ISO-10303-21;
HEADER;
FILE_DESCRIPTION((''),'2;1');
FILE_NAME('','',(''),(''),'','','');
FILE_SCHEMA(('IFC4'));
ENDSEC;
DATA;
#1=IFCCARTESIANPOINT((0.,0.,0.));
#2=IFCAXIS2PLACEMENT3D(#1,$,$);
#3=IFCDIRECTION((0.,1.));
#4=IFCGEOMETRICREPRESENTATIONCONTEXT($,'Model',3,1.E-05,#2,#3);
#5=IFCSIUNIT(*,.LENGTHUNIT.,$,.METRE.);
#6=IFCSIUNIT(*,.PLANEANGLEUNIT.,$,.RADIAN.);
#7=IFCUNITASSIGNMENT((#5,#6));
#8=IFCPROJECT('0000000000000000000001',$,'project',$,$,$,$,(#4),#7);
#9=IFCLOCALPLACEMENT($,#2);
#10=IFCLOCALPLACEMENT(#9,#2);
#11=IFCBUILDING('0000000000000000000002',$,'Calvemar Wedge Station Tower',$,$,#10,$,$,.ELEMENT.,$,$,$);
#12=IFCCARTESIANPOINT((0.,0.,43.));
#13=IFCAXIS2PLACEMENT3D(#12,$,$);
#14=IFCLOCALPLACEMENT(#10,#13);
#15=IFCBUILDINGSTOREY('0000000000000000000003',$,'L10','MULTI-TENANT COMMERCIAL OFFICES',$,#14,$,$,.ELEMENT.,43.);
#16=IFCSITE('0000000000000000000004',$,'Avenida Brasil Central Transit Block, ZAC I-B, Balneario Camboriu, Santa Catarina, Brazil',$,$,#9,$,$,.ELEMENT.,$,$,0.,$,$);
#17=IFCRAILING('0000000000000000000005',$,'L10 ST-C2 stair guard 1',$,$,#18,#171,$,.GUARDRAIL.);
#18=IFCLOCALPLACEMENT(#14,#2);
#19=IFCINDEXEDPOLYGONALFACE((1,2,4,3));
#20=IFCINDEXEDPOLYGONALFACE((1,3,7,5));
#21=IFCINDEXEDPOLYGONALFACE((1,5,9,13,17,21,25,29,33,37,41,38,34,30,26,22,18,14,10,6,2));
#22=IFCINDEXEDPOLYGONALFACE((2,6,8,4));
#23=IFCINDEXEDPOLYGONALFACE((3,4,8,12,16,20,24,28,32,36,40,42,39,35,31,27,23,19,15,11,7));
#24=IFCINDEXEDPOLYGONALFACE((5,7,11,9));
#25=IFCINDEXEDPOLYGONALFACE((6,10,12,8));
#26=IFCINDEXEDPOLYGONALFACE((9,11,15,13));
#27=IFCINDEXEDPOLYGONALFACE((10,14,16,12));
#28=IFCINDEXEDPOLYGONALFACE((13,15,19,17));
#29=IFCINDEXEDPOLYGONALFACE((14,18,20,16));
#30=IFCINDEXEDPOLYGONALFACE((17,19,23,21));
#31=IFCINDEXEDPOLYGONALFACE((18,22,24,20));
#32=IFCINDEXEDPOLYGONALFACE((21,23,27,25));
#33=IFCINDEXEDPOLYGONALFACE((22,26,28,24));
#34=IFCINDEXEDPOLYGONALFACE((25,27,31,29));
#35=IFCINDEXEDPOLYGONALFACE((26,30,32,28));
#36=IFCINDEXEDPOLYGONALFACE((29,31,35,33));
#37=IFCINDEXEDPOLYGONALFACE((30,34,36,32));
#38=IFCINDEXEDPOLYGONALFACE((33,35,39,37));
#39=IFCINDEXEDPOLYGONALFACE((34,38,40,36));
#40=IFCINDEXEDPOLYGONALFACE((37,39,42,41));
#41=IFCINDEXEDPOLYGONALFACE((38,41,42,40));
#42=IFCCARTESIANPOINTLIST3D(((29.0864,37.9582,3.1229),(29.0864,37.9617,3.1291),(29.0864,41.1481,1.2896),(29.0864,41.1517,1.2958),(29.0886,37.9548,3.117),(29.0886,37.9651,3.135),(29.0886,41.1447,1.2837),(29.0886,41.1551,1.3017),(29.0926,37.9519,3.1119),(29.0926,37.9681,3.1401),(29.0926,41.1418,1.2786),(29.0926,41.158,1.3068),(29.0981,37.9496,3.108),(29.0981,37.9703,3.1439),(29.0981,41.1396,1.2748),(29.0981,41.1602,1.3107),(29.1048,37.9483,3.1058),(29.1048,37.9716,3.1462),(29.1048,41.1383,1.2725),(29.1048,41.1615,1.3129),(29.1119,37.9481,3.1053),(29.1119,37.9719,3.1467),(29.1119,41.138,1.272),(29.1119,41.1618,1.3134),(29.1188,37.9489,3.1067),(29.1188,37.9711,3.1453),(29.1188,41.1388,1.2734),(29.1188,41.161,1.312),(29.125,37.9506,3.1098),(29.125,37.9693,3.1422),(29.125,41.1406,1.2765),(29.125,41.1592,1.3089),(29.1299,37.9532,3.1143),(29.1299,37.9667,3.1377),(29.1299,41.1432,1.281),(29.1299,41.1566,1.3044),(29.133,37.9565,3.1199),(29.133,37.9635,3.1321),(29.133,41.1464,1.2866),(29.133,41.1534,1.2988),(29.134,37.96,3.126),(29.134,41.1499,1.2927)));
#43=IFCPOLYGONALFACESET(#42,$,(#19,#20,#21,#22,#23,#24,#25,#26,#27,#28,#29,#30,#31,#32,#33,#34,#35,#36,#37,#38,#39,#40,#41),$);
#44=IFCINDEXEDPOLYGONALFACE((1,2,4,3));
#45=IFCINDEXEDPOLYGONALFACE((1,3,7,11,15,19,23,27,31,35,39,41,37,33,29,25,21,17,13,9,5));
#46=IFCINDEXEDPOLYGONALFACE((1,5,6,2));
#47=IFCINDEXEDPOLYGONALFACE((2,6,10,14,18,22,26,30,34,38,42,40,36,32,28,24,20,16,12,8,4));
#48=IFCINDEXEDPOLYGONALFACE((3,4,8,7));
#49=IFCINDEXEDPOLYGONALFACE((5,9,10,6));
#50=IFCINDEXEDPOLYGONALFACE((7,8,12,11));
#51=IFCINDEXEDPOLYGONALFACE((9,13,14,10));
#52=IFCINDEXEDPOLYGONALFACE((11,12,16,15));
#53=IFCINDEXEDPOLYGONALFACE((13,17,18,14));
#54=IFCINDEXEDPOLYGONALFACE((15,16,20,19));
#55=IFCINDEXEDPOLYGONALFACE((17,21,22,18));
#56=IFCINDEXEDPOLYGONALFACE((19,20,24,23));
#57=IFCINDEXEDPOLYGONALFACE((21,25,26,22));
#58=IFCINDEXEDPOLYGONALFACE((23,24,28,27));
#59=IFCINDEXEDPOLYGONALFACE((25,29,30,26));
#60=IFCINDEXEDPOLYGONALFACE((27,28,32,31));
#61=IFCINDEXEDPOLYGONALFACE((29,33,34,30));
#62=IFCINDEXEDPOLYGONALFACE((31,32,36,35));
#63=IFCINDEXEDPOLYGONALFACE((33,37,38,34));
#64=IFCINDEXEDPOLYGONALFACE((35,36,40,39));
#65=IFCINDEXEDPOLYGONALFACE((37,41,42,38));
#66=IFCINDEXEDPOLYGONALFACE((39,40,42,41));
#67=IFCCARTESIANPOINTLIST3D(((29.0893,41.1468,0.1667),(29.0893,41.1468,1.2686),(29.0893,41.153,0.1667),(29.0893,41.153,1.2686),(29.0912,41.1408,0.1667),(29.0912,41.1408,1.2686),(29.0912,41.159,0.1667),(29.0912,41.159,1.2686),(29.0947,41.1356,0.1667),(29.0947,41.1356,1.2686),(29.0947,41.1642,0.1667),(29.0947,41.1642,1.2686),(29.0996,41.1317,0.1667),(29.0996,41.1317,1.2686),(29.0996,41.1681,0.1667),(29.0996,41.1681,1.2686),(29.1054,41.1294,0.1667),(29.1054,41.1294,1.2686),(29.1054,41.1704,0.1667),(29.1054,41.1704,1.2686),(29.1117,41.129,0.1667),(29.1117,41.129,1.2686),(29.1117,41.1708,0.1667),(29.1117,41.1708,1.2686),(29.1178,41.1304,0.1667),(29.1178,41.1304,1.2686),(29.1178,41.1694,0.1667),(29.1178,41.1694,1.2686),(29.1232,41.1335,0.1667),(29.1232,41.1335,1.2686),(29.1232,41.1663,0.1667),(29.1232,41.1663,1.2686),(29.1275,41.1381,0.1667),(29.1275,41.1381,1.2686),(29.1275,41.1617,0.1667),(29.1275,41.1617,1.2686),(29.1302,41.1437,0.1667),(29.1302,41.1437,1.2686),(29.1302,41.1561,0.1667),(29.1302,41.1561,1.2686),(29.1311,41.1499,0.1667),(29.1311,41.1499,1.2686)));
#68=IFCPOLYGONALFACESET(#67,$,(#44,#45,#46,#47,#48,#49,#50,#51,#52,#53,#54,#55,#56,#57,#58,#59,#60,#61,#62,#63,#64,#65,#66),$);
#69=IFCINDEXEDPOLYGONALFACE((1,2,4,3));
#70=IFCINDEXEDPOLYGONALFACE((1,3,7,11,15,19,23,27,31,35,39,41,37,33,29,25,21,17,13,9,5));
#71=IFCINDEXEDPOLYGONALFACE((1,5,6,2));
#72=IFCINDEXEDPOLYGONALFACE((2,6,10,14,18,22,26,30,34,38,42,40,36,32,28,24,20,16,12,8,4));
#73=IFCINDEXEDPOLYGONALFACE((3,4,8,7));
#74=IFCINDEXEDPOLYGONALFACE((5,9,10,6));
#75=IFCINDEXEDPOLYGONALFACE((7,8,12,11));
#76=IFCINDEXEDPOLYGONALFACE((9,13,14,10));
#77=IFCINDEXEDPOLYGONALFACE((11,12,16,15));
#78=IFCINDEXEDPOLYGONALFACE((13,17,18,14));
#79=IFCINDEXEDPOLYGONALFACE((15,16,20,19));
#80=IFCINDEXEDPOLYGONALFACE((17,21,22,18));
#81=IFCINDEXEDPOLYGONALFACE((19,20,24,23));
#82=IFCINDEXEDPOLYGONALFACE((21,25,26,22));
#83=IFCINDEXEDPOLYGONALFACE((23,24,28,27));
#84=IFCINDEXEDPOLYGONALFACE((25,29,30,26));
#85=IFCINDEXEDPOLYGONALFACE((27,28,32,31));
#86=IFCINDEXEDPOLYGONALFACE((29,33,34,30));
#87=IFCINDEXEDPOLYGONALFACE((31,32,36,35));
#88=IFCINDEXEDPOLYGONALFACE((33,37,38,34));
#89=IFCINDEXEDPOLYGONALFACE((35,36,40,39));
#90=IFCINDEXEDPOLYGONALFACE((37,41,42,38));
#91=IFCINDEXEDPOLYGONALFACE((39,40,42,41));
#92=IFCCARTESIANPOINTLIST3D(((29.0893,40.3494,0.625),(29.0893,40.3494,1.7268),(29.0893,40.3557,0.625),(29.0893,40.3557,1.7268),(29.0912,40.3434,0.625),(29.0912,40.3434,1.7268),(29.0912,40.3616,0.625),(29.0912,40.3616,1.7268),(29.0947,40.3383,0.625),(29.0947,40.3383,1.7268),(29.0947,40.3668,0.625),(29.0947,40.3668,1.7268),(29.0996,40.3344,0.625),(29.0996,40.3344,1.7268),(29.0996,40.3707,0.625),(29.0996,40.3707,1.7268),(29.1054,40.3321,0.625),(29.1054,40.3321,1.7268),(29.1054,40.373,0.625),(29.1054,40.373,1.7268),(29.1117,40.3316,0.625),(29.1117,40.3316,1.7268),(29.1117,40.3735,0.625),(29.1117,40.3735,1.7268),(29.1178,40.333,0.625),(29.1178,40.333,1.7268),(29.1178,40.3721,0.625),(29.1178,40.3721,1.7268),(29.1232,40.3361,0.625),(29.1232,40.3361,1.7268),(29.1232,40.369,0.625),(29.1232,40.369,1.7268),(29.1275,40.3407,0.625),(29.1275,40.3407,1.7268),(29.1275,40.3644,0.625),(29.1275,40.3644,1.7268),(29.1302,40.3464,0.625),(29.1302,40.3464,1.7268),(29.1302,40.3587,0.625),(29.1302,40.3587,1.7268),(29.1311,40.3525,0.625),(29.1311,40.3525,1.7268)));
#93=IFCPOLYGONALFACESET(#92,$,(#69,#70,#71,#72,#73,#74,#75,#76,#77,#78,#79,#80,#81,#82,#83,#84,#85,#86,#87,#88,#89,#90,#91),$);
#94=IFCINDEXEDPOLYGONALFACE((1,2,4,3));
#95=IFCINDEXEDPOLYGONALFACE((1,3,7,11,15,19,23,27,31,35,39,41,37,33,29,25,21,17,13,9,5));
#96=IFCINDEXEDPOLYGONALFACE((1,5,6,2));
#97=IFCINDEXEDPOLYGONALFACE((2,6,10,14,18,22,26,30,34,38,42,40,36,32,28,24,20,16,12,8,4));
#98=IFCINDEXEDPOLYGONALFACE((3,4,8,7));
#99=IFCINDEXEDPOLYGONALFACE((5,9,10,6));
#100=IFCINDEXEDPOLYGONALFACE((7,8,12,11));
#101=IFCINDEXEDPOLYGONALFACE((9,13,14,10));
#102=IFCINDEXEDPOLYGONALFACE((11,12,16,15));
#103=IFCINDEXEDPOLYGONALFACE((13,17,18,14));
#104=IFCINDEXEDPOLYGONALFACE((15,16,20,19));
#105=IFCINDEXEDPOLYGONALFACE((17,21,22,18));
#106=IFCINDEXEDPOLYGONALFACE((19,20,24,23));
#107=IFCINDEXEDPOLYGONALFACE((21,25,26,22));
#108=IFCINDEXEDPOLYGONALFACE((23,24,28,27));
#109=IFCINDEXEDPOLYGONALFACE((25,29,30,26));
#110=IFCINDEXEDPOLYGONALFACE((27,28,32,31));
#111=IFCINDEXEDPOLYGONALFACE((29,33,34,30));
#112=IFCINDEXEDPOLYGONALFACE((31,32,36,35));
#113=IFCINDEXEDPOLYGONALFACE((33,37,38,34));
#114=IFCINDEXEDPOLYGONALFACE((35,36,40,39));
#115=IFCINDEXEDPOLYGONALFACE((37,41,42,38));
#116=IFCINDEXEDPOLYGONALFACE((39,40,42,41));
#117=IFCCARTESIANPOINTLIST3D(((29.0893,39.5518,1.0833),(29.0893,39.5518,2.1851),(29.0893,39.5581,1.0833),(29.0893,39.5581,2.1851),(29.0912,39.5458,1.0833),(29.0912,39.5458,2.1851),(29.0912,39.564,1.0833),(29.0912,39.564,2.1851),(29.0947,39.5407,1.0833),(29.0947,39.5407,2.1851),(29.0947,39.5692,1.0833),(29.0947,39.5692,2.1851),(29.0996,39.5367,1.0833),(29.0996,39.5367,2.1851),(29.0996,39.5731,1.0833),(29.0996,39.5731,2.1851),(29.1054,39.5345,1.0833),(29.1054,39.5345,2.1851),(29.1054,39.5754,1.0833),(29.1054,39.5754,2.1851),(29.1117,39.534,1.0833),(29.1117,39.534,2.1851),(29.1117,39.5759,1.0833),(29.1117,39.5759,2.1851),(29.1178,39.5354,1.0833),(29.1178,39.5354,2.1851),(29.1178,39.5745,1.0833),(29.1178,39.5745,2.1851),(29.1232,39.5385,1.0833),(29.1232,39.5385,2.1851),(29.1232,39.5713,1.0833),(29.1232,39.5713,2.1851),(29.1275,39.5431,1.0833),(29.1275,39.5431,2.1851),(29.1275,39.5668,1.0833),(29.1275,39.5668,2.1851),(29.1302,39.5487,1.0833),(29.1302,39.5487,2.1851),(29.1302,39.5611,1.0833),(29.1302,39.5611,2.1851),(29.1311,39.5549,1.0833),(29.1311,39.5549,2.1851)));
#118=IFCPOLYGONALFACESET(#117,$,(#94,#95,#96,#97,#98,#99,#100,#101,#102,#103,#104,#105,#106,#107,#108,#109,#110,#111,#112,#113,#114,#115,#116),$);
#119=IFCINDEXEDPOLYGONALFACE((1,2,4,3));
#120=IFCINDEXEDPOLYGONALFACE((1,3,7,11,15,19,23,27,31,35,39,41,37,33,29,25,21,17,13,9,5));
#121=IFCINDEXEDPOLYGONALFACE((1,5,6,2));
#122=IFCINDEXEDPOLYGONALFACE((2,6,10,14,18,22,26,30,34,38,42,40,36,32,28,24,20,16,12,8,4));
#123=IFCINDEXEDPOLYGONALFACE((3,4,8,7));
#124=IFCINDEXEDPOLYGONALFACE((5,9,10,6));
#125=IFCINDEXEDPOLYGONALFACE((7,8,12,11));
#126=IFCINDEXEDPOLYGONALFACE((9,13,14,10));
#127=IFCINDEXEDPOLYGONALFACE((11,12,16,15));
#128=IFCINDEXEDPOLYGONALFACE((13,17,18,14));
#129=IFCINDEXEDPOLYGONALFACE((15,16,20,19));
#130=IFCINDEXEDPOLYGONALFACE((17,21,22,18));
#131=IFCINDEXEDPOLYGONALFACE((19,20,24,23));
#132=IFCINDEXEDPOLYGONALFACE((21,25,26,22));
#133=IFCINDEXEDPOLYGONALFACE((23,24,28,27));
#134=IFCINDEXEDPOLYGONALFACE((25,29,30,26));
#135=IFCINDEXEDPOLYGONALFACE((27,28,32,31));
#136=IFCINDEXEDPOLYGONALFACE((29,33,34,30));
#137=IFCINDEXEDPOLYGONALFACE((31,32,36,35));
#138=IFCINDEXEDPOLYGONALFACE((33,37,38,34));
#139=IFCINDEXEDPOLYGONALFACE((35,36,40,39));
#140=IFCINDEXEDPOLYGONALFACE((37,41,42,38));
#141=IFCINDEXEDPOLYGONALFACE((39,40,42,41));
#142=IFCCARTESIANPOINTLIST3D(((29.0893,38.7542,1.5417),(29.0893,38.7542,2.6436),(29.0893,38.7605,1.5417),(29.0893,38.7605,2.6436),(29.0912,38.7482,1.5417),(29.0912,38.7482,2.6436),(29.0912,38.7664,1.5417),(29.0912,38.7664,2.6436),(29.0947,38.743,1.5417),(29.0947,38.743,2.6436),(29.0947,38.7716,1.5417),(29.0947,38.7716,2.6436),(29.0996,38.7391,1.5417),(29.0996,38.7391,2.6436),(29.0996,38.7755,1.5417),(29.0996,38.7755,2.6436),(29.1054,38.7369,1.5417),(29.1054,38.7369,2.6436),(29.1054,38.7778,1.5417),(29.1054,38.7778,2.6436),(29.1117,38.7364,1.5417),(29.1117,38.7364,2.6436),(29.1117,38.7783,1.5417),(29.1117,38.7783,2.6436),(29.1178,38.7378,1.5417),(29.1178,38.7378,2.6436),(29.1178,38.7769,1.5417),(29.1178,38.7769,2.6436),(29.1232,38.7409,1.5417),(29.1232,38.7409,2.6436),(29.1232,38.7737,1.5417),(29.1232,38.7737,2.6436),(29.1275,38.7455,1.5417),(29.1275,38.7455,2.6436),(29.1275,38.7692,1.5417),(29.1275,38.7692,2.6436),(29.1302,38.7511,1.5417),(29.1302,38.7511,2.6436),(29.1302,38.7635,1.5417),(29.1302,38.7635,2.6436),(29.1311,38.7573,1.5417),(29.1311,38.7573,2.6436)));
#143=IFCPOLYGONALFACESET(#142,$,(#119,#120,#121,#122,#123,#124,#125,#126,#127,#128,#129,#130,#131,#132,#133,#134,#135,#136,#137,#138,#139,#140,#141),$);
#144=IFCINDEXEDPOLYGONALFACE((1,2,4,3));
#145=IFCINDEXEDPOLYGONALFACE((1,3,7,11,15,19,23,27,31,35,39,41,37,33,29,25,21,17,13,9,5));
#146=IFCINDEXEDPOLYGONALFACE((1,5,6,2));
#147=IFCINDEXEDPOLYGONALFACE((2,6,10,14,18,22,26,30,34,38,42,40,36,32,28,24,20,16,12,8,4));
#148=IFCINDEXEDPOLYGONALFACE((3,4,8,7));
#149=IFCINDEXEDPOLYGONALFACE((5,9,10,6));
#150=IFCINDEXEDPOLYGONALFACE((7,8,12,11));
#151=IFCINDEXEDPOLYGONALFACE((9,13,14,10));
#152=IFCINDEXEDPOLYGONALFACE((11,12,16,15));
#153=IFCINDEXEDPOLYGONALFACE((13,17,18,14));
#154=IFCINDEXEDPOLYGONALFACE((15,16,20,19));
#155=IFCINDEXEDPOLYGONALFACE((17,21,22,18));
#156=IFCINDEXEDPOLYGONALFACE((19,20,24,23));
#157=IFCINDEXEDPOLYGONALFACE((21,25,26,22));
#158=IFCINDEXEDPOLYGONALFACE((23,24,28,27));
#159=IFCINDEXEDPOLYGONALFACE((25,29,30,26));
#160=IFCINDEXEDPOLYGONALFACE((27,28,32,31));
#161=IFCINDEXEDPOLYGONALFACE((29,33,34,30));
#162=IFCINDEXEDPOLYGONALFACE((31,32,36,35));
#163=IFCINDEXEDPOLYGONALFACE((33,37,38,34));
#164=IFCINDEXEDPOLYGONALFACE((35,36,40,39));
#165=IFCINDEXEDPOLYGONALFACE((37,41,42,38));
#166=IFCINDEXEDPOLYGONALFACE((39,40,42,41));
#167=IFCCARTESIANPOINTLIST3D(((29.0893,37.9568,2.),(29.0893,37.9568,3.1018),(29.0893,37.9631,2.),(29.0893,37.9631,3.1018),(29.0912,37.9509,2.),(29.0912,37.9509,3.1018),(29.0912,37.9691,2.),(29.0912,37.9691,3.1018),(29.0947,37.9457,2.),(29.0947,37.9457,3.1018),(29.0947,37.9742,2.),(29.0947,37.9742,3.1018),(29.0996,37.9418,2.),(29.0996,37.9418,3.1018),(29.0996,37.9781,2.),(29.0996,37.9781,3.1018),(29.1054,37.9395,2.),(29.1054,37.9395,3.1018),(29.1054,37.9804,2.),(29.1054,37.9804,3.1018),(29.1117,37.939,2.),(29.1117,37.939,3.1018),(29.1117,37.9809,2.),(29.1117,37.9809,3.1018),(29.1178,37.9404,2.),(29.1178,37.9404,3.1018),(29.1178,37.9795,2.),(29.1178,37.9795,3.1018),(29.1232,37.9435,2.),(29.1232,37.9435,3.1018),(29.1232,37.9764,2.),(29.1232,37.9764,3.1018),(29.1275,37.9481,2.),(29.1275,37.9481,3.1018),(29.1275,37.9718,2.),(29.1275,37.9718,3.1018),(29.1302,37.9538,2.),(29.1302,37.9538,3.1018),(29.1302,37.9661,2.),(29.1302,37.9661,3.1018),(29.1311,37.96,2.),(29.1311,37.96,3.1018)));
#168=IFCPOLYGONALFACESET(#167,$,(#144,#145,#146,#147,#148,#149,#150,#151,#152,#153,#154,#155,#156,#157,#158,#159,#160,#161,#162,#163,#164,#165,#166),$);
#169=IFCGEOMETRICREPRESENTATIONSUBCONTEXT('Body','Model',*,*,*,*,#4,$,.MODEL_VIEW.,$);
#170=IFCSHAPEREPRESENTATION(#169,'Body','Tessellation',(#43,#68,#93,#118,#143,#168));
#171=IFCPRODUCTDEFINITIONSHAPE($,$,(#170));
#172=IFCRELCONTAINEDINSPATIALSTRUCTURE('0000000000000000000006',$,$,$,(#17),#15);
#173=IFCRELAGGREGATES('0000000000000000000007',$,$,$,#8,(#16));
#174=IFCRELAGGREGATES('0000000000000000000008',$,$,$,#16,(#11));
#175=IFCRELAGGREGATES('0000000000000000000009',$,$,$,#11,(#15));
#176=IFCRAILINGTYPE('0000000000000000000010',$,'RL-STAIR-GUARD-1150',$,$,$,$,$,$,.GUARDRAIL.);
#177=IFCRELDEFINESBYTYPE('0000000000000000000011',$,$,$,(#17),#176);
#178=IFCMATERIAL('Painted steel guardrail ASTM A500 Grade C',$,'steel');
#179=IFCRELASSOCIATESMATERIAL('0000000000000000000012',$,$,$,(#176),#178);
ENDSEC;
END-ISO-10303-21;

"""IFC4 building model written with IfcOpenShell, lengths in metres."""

from ifc_helpers import new_model, si_unit, direction, frame, origin, origin_2d, place, context, subcontext, project, spatial, circle, extrude, material, type_object, element, save


model = new_model("IFC4")

# Units and contexts
model_context = context("Model", 3, precision=1e-05, world=origin(), true_north=direction((0.0, 1.0)))
body_context = subcontext(model_context, "Body", "Model", "MODEL_VIEW")
ifc_project = project(units=[si_unit("LENGTHUNIT", "METRE"), si_unit("PLANEANGLEUNIT", "RADIAN")], contexts=[model_context])

# Site, building, storey
site_placement = place(None, origin())
site = spatial("IfcSite", under=ifc_project, at=site_placement, Name="Avenida Brasil Central Transit Block, ZAC I-B, Balneario Camboriu, Santa Catarina, Brazil", CompositionType="ELEMENT", RefElevation=0.0)
building_placement = place(site_placement, origin())
building = spatial("IfcBuilding", under=site, at=building_placement, Name="Calvemar Wedge Station Tower", CompositionType="ELEMENT")
storey_placement = place(building_placement, frame((0.0, 0.0, 43.0)))
storey = spatial("IfcBuildingStorey", under=building, at=storey_placement, Name="L10", Description="MULTI-TENANT COMMERCIAL OFFICES", CompositionType="ELEMENT", Elevation=43.0)

# Railing
ifc_material_1 = material(Name="Painted steel guardrail ASTM A500 Grade C", Category="steel")
railing_type_1 = type_object("IfcRailingType", Name="RL-STAIR-GUARD-1150", PredefinedType="GUARDRAIL", material=ifc_material_1)
railing_1_placement = place(storey_placement, frame((29.1101, 41.1499, 0.1667)))
element("IfcRailing", 1, at=railing_1_placement, inside=storey, type_object=railing_type_1, Name="L10 ST-C2 stair guard 1", PredefinedType="GUARDRAIL", context=body_context, shape_type="SweptSolid", body=[
    extrude(circle(Radius=0.0239, at=origin_2d()), frame((0.0, 0.0, 1.126), z_axis=(0.0, -0.86702, 0.498274), x_axis=(1.0, 0.0, 0.0)), (0.0, 0.0, 1.0), 3.6792),
    extrude(circle(Radius=0.021, at=origin_2d()), origin(), (0.0, 0.0, 1.0), 1.1018),
    extrude(circle(Radius=0.021, at=origin_2d()), frame((0.0, -0.7974, 0.4583)), (0.0, 0.0, 1.0), 1.1018),
    extrude(circle(Radius=0.021, at=origin_2d()), frame((0.0, -1.595, 0.9165)), (0.0, 0.0, 1.0), 1.1018),
    extrude(circle(Radius=0.021, at=origin_2d()), frame((0.0, -2.3926, 1.375)), (0.0, 0.0, 1.0), 1.1018),
    extrude(circle(Radius=0.021, at=origin_2d()), frame((0.0, -3.1899, 1.8333)), (0.0, 0.0, 1.0), 1.1018),
])

save(model, "model.ifc")
